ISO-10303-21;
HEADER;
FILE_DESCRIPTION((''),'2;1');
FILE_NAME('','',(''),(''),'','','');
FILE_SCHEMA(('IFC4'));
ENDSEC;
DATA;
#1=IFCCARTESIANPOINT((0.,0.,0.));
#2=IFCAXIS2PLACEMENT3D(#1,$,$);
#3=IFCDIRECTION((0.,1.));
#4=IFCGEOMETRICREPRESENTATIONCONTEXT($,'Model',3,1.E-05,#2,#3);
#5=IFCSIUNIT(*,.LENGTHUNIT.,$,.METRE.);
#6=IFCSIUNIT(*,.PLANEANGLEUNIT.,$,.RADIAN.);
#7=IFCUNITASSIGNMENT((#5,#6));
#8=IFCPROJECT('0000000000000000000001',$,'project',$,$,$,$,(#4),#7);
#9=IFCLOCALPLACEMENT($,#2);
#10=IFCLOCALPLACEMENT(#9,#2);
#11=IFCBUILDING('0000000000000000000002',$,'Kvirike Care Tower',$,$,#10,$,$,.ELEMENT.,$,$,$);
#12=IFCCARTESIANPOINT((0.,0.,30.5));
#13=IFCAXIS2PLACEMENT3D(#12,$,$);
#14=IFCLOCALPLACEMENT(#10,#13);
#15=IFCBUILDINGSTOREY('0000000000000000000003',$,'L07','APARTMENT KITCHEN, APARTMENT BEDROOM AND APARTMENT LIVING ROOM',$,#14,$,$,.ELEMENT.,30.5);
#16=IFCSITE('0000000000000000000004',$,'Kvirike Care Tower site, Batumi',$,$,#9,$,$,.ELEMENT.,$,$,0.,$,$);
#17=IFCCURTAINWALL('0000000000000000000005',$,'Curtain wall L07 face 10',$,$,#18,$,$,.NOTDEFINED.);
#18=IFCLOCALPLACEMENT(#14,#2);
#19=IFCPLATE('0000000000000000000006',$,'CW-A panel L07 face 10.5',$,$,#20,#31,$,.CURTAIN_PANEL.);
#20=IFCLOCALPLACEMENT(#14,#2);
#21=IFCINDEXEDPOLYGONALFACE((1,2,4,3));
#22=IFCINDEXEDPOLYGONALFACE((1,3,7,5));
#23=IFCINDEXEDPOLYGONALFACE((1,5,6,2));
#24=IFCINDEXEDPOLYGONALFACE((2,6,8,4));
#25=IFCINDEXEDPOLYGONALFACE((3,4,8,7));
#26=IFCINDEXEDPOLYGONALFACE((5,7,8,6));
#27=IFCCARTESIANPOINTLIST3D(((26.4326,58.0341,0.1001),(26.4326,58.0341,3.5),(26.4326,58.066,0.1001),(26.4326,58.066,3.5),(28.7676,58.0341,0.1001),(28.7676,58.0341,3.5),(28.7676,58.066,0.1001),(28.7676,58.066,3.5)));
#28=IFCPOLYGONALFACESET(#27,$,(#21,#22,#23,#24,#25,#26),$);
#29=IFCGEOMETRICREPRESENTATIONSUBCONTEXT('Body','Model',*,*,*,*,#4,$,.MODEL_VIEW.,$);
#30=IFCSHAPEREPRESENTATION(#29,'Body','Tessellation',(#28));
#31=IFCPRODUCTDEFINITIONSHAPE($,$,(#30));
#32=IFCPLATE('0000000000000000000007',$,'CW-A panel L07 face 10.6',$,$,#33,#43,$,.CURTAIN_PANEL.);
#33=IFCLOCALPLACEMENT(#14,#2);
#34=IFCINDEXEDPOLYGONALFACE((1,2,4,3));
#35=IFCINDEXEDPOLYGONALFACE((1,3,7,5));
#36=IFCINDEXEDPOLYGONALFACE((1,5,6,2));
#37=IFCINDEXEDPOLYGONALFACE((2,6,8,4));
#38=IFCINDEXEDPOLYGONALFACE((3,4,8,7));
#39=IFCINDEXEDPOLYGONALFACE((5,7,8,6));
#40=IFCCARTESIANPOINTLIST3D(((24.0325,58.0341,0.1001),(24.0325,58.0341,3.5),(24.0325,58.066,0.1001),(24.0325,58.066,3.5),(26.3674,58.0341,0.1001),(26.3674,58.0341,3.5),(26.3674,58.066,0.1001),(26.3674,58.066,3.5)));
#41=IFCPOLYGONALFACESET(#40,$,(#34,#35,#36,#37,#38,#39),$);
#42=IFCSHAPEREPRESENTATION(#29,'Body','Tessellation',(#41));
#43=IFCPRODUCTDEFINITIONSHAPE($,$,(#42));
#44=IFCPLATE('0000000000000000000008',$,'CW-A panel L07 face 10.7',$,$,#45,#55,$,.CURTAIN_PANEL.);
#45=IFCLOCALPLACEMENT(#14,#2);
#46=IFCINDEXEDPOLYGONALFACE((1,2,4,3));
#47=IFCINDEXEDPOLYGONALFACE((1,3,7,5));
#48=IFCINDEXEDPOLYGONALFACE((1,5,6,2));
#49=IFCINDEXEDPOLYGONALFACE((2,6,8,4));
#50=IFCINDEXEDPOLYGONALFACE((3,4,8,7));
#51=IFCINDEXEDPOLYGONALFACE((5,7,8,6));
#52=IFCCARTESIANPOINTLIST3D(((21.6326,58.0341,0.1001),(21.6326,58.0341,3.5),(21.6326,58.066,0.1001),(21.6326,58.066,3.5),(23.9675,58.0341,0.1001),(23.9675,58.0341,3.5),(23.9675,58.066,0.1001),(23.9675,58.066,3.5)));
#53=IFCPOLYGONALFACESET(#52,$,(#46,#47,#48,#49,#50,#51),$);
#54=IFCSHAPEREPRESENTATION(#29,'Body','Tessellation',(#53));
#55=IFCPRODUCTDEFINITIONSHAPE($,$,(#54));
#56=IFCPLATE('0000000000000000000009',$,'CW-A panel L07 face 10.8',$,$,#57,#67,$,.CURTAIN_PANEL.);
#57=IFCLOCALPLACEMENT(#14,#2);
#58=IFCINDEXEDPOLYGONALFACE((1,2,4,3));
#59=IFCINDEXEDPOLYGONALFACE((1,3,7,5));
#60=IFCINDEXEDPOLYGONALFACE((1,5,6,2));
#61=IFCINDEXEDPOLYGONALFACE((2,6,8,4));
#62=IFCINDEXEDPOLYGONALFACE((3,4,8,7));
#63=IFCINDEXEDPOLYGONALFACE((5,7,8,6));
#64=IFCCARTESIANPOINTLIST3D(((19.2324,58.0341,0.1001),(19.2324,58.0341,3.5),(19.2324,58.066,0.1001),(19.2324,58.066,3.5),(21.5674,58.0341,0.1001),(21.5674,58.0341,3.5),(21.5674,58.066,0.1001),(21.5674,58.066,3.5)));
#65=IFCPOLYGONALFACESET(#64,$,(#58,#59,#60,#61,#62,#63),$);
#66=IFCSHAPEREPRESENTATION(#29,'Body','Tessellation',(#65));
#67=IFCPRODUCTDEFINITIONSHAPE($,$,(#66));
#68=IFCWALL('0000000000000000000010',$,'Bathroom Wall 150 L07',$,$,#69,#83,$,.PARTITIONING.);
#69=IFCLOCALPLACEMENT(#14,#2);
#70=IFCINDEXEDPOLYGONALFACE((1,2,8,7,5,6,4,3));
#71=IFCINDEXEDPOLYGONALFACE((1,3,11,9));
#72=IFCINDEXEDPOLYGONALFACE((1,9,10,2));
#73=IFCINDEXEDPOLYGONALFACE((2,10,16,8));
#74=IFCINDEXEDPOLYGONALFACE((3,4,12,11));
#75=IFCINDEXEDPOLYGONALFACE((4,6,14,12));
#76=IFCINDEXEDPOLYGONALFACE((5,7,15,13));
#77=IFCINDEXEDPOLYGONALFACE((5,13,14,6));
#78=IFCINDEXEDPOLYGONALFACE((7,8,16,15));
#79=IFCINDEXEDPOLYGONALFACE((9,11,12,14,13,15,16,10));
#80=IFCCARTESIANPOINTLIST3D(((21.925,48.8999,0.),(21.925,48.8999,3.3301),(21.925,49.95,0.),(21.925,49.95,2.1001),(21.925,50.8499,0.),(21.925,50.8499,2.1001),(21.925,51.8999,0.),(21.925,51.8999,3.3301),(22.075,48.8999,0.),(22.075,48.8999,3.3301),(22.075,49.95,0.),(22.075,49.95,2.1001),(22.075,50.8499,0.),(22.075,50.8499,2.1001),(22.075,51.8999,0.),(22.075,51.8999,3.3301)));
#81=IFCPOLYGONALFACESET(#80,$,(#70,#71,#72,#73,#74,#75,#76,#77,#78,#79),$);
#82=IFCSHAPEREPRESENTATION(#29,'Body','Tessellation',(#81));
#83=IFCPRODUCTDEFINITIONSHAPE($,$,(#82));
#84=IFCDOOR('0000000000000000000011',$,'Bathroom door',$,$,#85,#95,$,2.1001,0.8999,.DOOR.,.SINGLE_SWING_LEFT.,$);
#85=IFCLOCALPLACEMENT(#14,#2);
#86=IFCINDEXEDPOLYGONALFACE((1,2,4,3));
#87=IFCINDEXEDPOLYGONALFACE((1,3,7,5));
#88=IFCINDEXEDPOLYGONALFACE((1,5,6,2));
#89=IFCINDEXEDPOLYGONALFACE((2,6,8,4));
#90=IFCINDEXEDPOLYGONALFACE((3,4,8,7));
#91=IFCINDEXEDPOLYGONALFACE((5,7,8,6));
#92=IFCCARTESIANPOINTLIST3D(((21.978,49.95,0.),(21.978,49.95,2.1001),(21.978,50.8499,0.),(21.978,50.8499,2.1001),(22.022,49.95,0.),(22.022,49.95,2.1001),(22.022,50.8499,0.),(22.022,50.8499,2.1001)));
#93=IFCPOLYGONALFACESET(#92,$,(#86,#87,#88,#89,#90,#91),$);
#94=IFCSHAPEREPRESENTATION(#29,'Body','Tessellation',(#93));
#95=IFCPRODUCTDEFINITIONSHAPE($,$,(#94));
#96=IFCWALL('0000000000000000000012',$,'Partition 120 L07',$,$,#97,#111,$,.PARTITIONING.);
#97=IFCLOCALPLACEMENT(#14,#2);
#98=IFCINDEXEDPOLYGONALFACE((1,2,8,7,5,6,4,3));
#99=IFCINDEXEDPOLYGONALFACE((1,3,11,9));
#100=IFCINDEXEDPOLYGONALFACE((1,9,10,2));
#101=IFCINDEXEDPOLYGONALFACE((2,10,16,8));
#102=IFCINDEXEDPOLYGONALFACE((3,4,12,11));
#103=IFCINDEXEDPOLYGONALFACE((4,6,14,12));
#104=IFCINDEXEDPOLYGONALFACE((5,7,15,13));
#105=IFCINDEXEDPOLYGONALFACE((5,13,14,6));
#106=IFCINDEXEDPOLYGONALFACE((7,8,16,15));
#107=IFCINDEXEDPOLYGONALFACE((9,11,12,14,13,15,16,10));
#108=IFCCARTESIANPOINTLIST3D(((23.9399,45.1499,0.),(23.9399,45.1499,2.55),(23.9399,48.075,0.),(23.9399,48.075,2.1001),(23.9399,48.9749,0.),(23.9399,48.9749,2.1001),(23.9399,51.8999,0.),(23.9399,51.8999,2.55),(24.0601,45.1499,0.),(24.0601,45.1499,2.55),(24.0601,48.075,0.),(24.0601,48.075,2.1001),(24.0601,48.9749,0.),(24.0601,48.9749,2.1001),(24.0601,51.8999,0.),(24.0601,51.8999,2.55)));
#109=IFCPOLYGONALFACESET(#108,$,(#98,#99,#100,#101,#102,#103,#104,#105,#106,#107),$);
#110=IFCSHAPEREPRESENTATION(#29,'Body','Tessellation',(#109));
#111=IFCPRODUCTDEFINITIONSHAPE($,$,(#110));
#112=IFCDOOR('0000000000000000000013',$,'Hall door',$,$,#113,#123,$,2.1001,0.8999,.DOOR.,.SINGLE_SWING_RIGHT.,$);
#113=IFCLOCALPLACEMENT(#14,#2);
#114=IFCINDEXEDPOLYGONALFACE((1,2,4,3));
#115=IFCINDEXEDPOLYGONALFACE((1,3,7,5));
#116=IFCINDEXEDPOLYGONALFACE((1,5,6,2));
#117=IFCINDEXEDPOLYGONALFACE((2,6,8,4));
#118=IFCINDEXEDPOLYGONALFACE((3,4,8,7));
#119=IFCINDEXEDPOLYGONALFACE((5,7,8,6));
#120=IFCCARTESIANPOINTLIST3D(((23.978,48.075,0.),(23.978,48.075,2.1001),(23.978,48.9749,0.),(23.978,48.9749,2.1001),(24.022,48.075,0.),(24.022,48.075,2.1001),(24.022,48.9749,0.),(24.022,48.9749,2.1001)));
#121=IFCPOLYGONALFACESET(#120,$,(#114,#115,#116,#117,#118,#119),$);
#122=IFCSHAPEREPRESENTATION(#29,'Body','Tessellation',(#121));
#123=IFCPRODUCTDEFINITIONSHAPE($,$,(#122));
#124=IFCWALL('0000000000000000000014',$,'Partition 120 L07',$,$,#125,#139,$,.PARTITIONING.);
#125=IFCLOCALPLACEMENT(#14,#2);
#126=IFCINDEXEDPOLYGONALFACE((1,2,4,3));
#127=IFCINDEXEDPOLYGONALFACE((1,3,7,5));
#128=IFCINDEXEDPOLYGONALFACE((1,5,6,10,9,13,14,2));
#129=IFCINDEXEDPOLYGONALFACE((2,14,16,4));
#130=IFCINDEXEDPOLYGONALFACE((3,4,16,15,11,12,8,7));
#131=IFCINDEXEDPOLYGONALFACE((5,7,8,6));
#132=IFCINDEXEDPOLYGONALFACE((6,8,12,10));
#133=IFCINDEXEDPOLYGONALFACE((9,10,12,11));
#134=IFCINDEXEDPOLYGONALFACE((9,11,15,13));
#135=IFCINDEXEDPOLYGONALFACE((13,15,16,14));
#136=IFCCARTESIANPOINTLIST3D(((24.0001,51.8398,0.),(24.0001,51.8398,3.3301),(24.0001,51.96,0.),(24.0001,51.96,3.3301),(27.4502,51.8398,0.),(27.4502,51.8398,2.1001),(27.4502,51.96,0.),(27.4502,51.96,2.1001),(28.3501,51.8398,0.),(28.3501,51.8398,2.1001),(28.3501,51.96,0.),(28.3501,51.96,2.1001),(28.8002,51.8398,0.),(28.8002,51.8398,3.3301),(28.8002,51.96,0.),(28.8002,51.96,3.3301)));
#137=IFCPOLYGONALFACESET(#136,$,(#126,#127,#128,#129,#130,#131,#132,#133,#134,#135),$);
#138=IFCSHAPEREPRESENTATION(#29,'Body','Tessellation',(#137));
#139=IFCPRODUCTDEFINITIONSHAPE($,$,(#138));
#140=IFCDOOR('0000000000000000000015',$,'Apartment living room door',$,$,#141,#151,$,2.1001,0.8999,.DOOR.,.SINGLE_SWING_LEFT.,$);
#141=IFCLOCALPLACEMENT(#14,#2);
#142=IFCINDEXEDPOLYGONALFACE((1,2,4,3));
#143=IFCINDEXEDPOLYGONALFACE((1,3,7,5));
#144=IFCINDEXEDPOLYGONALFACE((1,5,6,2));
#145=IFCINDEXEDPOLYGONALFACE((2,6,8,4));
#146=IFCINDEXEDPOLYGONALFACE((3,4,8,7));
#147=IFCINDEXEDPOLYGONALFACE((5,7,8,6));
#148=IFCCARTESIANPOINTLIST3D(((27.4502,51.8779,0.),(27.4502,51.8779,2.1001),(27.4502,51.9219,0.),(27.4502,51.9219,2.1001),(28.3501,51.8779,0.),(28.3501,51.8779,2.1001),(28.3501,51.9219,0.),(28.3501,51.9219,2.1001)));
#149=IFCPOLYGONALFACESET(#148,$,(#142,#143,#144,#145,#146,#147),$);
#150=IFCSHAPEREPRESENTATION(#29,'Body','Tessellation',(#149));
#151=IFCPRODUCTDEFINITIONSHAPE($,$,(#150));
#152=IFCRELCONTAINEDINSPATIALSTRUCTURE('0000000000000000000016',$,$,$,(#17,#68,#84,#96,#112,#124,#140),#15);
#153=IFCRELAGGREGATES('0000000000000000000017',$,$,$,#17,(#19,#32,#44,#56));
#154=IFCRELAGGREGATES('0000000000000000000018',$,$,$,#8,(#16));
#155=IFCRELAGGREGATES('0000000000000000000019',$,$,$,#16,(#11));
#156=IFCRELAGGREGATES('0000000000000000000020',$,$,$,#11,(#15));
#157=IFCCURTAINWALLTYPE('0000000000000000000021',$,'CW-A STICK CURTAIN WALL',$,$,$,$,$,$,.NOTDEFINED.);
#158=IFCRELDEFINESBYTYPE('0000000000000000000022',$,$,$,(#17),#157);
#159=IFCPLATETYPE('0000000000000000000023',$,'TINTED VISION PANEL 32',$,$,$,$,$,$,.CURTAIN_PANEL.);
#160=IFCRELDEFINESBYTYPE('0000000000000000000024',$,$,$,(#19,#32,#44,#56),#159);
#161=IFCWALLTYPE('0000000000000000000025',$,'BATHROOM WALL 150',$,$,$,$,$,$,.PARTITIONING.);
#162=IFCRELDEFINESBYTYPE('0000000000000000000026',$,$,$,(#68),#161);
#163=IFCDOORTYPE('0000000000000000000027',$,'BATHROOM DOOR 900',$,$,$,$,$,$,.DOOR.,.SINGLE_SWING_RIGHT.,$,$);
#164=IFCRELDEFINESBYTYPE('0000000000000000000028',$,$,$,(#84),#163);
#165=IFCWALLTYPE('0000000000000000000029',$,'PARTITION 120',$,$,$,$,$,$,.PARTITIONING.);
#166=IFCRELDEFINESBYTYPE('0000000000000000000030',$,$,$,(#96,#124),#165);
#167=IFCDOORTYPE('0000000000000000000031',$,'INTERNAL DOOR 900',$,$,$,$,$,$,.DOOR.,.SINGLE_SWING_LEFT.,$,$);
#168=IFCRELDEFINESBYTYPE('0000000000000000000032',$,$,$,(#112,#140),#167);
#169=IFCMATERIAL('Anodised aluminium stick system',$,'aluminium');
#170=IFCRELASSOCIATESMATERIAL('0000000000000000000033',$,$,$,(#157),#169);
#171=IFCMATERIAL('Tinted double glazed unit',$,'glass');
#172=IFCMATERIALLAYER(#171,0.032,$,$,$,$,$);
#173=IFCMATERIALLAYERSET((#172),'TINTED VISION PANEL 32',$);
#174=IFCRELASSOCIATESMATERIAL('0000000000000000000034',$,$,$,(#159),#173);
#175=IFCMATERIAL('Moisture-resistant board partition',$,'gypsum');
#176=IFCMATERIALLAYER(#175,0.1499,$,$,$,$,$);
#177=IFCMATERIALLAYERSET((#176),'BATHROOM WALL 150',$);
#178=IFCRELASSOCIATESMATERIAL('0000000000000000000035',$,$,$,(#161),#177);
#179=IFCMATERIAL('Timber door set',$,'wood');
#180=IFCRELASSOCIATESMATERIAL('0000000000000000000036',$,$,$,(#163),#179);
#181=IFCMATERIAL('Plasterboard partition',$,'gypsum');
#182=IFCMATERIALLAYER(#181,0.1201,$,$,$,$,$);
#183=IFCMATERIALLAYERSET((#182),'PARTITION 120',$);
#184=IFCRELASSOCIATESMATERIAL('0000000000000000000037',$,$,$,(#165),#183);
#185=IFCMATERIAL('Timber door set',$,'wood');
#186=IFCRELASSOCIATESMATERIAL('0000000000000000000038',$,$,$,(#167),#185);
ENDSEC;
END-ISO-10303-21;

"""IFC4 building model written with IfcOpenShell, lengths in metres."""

from ifc_helpers import new_model, si_unit, direction, frame, frame_2d, origin, origin_2d, place, context, subcontext, project, spatial, rectangle, extrude, material, layer, layer_set, type_object, element, fill, aggregate, save


model = new_model("IFC4")

# Units and contexts
model_context = context("Model", 3, precision=1e-05, world=origin(), true_north=direction((0.0, 1.0)))
body_context = subcontext(model_context, "Body", "Model", "MODEL_VIEW")
ifc_project = project(units=[si_unit("LENGTHUNIT", "METRE"), si_unit("PLANEANGLEUNIT", "RADIAN")], contexts=[model_context])

# Site, building, storey
site_placement = place(None, origin())
site = spatial("IfcSite", under=ifc_project, at=site_placement, Name="Kvirike Care Tower site, Batumi", CompositionType="ELEMENT", RefElevation=0.0)
building_placement = place(site_placement, origin())
building = spatial("IfcBuilding", under=site, at=building_placement, Name="Kvirike Care Tower", CompositionType="ELEMENT")
storey_placement = place(building_placement, frame((0.0, 0.0, 30.5)))
storey = spatial("IfcBuildingStorey", under=building, at=storey_placement, Name="L07", Description="APARTMENT KITCHEN, APARTMENT BEDROOM AND APARTMENT LIVING ROOM", CompositionType="ELEMENT", Elevation=30.5)

# Curtain wall
ifc_material_1 = material(Name="Anodised aluminium stick system", Category="aluminium")
curtain_wall_type = type_object("IfcCurtainWallType", Name="CW-A STICK CURTAIN WALL", PredefinedType="NOTDEFINED", material=ifc_material_1)
curtain_wall_placement = place(storey_placement, origin())
curtain_wall = element("IfcCurtainWall", 1, at=curtain_wall_placement, inside=storey, type_object=curtain_wall_type, Name="Curtain wall L07 face 10", PredefinedType="NOTDEFINED")

# Plates
ifc_material_2 = material(Name="Tinted double glazed unit", Category="glass")
ifc_layer_1 = layer(ifc_material_2, 0.032)
ifc_layer_set_1 = layer_set([ifc_layer_1], Name="TINTED VISION PANEL 32")
plate_type = type_object("IfcPlateType", Name="TINTED VISION PANEL 32", PredefinedType="CURTAIN_PANEL", material=ifc_layer_set_1)
plate_1_placement = place(storey_placement, frame((27.6001, 58.05, 0.1001), z_axis=(0.0, 0.0, 1.0), x_axis=(-1.0, 0.0, 0.0)))
plate_1 = element("IfcPlate", 2, at=plate_1_placement, type_object=plate_type, Name="CW-A panel L07 face 10.5", PredefinedType="CURTAIN_PANEL", context=body_context, shape_type="SweptSolid", body=[
    extrude(rectangle(XDim=2.335, YDim=0.032, at=origin_2d()), origin(), (0.0, 0.0, 1.0), 3.3999),
])
plate_2_placement = place(storey_placement, frame((25.2, 58.05, 0.1001), z_axis=(0.0, 0.0, 1.0), x_axis=(-1.0, 0.0, 0.0)))
plate_2 = element("IfcPlate", 3, at=plate_2_placement, type_object=plate_type, Name="CW-A panel L07 face 10.6", PredefinedType="CURTAIN_PANEL", context=body_context, shape_type="SweptSolid", body=[
    extrude(rectangle(XDim=2.335, YDim=0.032, at=origin_2d()), origin(), (0.0, 0.0, 1.0), 3.3999),
])
plate_3_placement = place(storey_placement, frame((22.8, 58.05, 0.1001), z_axis=(0.0, 0.0, 1.0), x_axis=(-1.0, 0.0, 0.0)))
plate_3 = element("IfcPlate", 4, at=plate_3_placement, type_object=plate_type, Name="CW-A panel L07 face 10.7", PredefinedType="CURTAIN_PANEL", context=body_context, shape_type="SweptSolid", body=[
    extrude(rectangle(XDim=2.335, YDim=0.032, at=origin_2d()), origin(), (0.0, 0.0, 1.0), 3.3999),
])
plate_4_placement = place(storey_placement, frame((20.3999, 58.05, 0.1001), z_axis=(0.0, 0.0, 1.0), x_axis=(-1.0, 0.0, 0.0)))
plate_4 = element("IfcPlate", 5, at=plate_4_placement, type_object=plate_type, Name="CW-A panel L07 face 10.8", PredefinedType="CURTAIN_PANEL", context=body_context, shape_type="SweptSolid", body=[
    extrude(rectangle(XDim=2.335, YDim=0.032, at=origin_2d()), origin(), (0.0, 0.0, 1.0), 3.3999),
])
aggregate(curtain_wall, [plate_1, plate_2, plate_3, plate_4])

# Walls, openings, doors
ifc_material_3 = material(Name="Moisture-resistant board partition", Category="gypsum")
ifc_layer_2 = layer(ifc_material_3, 0.1499)
ifc_layer_set_2 = layer_set([ifc_layer_2], Name="BATHROOM WALL 150")
wall_type_1 = type_object("IfcWallType", Name="BATHROOM WALL 150", PredefinedType="PARTITIONING", material=ifc_layer_set_2)
wall_1_placement = place(storey_placement, frame((22.0, 51.8999, 0.0), z_axis=(0.0, 0.0, 1.0), x_axis=(0.0, -1.0, 0.0)))
wall_1 = element("IfcWall", 6, at=wall_1_placement, inside=storey, type_object=wall_type_1, Name="Bathroom Wall 150 L07", PredefinedType="PARTITIONING", context=body_context, shape_type="SweptSolid", body=[
    extrude(rectangle(XDim=3.0, YDim=0.1499, at=frame_2d((1.5, 0.0))), origin(), (0.0, 0.0, 1.0), 3.3301),
])
opening_1_placement = place(wall_1_placement, frame((1.05, 0.0, 0.0)))
opening_1 = element("IfcOpeningElement", 7, at=opening_1_placement, cuts=wall_1, PredefinedType="OPENING", context=body_context, shape_type="SweptSolid", body=[
    extrude(rectangle(XDim=0.8999, YDim=2.1001, at=frame_2d((0.45, 1.05))), frame((0.0, 0.0854, 0.0), z_axis=(0.0, -1.0, 0.0), x_axis=(1.0, 0.0, 0.0)), (0.0, 0.0, 1.0), 0.1709),
])
ifc_material_4 = material(Name="Timber door set", Category="wood")
door_type_1 = type_object("IfcDoorType", Name="BATHROOM DOOR 900", OperationType="SINGLE_SWING_RIGHT", PredefinedType="DOOR", material=ifc_material_4)
door_1_placement = place(opening_1_placement, frame((0.8999, 0.0, 0.0), z_axis=(0.0, 0.0, 1.0), x_axis=(-1.0, 0.0, 0.0)))
door_1 = element("IfcDoor", 8, at=door_1_placement, inside=storey, type_object=door_type_1, Name="Bathroom door", OperationType="SINGLE_SWING_LEFT", OverallHeight=2.1001, OverallWidth=0.8999, PredefinedType="DOOR", context=body_context, shape_type="SweptSolid", body=[
    extrude(rectangle(XDim=0.8999, YDim=2.1001, at=frame_2d((0.45, 1.05))), frame((0.0, 0.022, 0.0), z_axis=(0.0, -1.0, 0.0), x_axis=(1.0, 0.0, 0.0)), (0.0, 0.0, 1.0), 0.0439),
])
fill(opening_1, door_1)
ifc_material_5 = material(Name="Plasterboard partition", Category="gypsum")
ifc_layer_3 = layer(ifc_material_5, 0.1201)
ifc_layer_set_3 = layer_set([ifc_layer_3], Name="PARTITION 120")
wall_type_2 = type_object("IfcWallType", Name="PARTITION 120", PredefinedType="PARTITIONING", material=ifc_layer_set_3)
wall_2_placement = place(storey_placement, frame((24.0, 51.8999, 0.0), z_axis=(0.0, 0.0, 1.0), x_axis=(0.0, -1.0, 0.0)))
wall_2 = element("IfcWall", 9, at=wall_2_placement, inside=storey, type_object=wall_type_2, Name="Partition 120 L07", PredefinedType="PARTITIONING", context=body_context, shape_type="SweptSolid", body=[
    extrude(rectangle(XDim=6.75, YDim=0.1201, at=frame_2d((3.375, 0.0))), origin(), (0.0, 0.0, 1.0), 2.55),
])
opening_2_placement = place(wall_2_placement, frame((2.925, 0.0, 0.0)))
opening_2 = element("IfcOpeningElement", 10, at=opening_2_placement, cuts=wall_2, PredefinedType="OPENING", context=body_context, shape_type="SweptSolid", body=[
    extrude(rectangle(XDim=0.8999, YDim=2.1001, at=frame_2d((0.45, 1.05))), frame((0.0, 0.0706, 0.0), z_axis=(0.0, -1.0, 0.0), x_axis=(1.0, 0.0, 0.0)), (0.0, 0.0, 1.0), 0.1411),
])
ifc_material_6 = material(Name="Timber door set", Category="wood")
door_type_2 = type_object("IfcDoorType", Name="INTERNAL DOOR 900", OperationType="SINGLE_SWING_LEFT", PredefinedType="DOOR", material=ifc_material_6)
door_2_placement = place(opening_2_placement, frame((0.8999, 0.0, 0.0), z_axis=(0.0, 0.0, 1.0), x_axis=(-1.0, 0.0, 0.0)))
door_2 = element("IfcDoor", 11, at=door_2_placement, inside=storey, type_object=door_type_2, Name="Hall door", OperationType="SINGLE_SWING_RIGHT", OverallHeight=2.1001, OverallWidth=0.8999, PredefinedType="DOOR", context=body_context, shape_type="SweptSolid", body=[
    extrude(rectangle(XDim=0.8999, YDim=2.1001, at=frame_2d((0.45, 1.05))), frame((0.0, 0.022, 0.0), z_axis=(0.0, -1.0, 0.0), x_axis=(1.0, 0.0, 0.0)), (0.0, 0.0, 1.0), 0.0439),
])
fill(opening_2, door_2)
wall_3_placement = place(storey_placement, frame((28.8, 51.8999, 0.0), z_axis=(0.0, 0.0, 1.0), x_axis=(-1.0, 0.0, 0.0)))
wall_3 = element("IfcWall", 12, at=wall_3_placement, inside=storey, type_object=wall_type_2, Name="Partition 120 L07", PredefinedType="PARTITIONING", context=body_context, shape_type="SweptSolid", body=[
    extrude(rectangle(XDim=4.8, YDim=0.1201, at=frame_2d((2.3999, 0.0))), origin(), (0.0, 0.0, 1.0), 3.3301),
])
opening_3_placement = place(wall_3_placement, frame((0.45, 0.0, 0.0)))
opening_3 = element("IfcOpeningElement", 13, at=opening_3_placement, cuts=wall_3, PredefinedType="OPENING", context=body_context, shape_type="SweptSolid", body=[
    extrude(rectangle(XDim=0.8999, YDim=2.1001, at=frame_2d((0.45, 1.05))), frame((0.0, 0.0706, 0.0), z_axis=(0.0, -1.0, 0.0), x_axis=(1.0, 0.0, 0.0)), (0.0, 0.0, 1.0), 0.1411),
])
door_3_placement = place(opening_3_placement, frame((0.8999, 0.0, 0.0), z_axis=(0.0, 0.0, 1.0), x_axis=(-1.0, 0.0, 0.0)))
door_3 = element("IfcDoor", 14, at=door_3_placement, inside=storey, type_object=door_type_2, Name="Apartment living room door", OperationType="SINGLE_SWING_LEFT", OverallHeight=2.1001, OverallWidth=0.8999, PredefinedType="DOOR", context=body_context, shape_type="SweptSolid", body=[
    extrude(rectangle(XDim=0.8999, YDim=2.1001, at=frame_2d((0.45, 1.05))), frame((0.0, 0.022, 0.0), z_axis=(0.0, -1.0, 0.0), x_axis=(1.0, 0.0, 0.0)), (0.0, 0.0, 1.0), 0.0439),
])
fill(opening_3, door_3)

save(model, "model.ifc")
